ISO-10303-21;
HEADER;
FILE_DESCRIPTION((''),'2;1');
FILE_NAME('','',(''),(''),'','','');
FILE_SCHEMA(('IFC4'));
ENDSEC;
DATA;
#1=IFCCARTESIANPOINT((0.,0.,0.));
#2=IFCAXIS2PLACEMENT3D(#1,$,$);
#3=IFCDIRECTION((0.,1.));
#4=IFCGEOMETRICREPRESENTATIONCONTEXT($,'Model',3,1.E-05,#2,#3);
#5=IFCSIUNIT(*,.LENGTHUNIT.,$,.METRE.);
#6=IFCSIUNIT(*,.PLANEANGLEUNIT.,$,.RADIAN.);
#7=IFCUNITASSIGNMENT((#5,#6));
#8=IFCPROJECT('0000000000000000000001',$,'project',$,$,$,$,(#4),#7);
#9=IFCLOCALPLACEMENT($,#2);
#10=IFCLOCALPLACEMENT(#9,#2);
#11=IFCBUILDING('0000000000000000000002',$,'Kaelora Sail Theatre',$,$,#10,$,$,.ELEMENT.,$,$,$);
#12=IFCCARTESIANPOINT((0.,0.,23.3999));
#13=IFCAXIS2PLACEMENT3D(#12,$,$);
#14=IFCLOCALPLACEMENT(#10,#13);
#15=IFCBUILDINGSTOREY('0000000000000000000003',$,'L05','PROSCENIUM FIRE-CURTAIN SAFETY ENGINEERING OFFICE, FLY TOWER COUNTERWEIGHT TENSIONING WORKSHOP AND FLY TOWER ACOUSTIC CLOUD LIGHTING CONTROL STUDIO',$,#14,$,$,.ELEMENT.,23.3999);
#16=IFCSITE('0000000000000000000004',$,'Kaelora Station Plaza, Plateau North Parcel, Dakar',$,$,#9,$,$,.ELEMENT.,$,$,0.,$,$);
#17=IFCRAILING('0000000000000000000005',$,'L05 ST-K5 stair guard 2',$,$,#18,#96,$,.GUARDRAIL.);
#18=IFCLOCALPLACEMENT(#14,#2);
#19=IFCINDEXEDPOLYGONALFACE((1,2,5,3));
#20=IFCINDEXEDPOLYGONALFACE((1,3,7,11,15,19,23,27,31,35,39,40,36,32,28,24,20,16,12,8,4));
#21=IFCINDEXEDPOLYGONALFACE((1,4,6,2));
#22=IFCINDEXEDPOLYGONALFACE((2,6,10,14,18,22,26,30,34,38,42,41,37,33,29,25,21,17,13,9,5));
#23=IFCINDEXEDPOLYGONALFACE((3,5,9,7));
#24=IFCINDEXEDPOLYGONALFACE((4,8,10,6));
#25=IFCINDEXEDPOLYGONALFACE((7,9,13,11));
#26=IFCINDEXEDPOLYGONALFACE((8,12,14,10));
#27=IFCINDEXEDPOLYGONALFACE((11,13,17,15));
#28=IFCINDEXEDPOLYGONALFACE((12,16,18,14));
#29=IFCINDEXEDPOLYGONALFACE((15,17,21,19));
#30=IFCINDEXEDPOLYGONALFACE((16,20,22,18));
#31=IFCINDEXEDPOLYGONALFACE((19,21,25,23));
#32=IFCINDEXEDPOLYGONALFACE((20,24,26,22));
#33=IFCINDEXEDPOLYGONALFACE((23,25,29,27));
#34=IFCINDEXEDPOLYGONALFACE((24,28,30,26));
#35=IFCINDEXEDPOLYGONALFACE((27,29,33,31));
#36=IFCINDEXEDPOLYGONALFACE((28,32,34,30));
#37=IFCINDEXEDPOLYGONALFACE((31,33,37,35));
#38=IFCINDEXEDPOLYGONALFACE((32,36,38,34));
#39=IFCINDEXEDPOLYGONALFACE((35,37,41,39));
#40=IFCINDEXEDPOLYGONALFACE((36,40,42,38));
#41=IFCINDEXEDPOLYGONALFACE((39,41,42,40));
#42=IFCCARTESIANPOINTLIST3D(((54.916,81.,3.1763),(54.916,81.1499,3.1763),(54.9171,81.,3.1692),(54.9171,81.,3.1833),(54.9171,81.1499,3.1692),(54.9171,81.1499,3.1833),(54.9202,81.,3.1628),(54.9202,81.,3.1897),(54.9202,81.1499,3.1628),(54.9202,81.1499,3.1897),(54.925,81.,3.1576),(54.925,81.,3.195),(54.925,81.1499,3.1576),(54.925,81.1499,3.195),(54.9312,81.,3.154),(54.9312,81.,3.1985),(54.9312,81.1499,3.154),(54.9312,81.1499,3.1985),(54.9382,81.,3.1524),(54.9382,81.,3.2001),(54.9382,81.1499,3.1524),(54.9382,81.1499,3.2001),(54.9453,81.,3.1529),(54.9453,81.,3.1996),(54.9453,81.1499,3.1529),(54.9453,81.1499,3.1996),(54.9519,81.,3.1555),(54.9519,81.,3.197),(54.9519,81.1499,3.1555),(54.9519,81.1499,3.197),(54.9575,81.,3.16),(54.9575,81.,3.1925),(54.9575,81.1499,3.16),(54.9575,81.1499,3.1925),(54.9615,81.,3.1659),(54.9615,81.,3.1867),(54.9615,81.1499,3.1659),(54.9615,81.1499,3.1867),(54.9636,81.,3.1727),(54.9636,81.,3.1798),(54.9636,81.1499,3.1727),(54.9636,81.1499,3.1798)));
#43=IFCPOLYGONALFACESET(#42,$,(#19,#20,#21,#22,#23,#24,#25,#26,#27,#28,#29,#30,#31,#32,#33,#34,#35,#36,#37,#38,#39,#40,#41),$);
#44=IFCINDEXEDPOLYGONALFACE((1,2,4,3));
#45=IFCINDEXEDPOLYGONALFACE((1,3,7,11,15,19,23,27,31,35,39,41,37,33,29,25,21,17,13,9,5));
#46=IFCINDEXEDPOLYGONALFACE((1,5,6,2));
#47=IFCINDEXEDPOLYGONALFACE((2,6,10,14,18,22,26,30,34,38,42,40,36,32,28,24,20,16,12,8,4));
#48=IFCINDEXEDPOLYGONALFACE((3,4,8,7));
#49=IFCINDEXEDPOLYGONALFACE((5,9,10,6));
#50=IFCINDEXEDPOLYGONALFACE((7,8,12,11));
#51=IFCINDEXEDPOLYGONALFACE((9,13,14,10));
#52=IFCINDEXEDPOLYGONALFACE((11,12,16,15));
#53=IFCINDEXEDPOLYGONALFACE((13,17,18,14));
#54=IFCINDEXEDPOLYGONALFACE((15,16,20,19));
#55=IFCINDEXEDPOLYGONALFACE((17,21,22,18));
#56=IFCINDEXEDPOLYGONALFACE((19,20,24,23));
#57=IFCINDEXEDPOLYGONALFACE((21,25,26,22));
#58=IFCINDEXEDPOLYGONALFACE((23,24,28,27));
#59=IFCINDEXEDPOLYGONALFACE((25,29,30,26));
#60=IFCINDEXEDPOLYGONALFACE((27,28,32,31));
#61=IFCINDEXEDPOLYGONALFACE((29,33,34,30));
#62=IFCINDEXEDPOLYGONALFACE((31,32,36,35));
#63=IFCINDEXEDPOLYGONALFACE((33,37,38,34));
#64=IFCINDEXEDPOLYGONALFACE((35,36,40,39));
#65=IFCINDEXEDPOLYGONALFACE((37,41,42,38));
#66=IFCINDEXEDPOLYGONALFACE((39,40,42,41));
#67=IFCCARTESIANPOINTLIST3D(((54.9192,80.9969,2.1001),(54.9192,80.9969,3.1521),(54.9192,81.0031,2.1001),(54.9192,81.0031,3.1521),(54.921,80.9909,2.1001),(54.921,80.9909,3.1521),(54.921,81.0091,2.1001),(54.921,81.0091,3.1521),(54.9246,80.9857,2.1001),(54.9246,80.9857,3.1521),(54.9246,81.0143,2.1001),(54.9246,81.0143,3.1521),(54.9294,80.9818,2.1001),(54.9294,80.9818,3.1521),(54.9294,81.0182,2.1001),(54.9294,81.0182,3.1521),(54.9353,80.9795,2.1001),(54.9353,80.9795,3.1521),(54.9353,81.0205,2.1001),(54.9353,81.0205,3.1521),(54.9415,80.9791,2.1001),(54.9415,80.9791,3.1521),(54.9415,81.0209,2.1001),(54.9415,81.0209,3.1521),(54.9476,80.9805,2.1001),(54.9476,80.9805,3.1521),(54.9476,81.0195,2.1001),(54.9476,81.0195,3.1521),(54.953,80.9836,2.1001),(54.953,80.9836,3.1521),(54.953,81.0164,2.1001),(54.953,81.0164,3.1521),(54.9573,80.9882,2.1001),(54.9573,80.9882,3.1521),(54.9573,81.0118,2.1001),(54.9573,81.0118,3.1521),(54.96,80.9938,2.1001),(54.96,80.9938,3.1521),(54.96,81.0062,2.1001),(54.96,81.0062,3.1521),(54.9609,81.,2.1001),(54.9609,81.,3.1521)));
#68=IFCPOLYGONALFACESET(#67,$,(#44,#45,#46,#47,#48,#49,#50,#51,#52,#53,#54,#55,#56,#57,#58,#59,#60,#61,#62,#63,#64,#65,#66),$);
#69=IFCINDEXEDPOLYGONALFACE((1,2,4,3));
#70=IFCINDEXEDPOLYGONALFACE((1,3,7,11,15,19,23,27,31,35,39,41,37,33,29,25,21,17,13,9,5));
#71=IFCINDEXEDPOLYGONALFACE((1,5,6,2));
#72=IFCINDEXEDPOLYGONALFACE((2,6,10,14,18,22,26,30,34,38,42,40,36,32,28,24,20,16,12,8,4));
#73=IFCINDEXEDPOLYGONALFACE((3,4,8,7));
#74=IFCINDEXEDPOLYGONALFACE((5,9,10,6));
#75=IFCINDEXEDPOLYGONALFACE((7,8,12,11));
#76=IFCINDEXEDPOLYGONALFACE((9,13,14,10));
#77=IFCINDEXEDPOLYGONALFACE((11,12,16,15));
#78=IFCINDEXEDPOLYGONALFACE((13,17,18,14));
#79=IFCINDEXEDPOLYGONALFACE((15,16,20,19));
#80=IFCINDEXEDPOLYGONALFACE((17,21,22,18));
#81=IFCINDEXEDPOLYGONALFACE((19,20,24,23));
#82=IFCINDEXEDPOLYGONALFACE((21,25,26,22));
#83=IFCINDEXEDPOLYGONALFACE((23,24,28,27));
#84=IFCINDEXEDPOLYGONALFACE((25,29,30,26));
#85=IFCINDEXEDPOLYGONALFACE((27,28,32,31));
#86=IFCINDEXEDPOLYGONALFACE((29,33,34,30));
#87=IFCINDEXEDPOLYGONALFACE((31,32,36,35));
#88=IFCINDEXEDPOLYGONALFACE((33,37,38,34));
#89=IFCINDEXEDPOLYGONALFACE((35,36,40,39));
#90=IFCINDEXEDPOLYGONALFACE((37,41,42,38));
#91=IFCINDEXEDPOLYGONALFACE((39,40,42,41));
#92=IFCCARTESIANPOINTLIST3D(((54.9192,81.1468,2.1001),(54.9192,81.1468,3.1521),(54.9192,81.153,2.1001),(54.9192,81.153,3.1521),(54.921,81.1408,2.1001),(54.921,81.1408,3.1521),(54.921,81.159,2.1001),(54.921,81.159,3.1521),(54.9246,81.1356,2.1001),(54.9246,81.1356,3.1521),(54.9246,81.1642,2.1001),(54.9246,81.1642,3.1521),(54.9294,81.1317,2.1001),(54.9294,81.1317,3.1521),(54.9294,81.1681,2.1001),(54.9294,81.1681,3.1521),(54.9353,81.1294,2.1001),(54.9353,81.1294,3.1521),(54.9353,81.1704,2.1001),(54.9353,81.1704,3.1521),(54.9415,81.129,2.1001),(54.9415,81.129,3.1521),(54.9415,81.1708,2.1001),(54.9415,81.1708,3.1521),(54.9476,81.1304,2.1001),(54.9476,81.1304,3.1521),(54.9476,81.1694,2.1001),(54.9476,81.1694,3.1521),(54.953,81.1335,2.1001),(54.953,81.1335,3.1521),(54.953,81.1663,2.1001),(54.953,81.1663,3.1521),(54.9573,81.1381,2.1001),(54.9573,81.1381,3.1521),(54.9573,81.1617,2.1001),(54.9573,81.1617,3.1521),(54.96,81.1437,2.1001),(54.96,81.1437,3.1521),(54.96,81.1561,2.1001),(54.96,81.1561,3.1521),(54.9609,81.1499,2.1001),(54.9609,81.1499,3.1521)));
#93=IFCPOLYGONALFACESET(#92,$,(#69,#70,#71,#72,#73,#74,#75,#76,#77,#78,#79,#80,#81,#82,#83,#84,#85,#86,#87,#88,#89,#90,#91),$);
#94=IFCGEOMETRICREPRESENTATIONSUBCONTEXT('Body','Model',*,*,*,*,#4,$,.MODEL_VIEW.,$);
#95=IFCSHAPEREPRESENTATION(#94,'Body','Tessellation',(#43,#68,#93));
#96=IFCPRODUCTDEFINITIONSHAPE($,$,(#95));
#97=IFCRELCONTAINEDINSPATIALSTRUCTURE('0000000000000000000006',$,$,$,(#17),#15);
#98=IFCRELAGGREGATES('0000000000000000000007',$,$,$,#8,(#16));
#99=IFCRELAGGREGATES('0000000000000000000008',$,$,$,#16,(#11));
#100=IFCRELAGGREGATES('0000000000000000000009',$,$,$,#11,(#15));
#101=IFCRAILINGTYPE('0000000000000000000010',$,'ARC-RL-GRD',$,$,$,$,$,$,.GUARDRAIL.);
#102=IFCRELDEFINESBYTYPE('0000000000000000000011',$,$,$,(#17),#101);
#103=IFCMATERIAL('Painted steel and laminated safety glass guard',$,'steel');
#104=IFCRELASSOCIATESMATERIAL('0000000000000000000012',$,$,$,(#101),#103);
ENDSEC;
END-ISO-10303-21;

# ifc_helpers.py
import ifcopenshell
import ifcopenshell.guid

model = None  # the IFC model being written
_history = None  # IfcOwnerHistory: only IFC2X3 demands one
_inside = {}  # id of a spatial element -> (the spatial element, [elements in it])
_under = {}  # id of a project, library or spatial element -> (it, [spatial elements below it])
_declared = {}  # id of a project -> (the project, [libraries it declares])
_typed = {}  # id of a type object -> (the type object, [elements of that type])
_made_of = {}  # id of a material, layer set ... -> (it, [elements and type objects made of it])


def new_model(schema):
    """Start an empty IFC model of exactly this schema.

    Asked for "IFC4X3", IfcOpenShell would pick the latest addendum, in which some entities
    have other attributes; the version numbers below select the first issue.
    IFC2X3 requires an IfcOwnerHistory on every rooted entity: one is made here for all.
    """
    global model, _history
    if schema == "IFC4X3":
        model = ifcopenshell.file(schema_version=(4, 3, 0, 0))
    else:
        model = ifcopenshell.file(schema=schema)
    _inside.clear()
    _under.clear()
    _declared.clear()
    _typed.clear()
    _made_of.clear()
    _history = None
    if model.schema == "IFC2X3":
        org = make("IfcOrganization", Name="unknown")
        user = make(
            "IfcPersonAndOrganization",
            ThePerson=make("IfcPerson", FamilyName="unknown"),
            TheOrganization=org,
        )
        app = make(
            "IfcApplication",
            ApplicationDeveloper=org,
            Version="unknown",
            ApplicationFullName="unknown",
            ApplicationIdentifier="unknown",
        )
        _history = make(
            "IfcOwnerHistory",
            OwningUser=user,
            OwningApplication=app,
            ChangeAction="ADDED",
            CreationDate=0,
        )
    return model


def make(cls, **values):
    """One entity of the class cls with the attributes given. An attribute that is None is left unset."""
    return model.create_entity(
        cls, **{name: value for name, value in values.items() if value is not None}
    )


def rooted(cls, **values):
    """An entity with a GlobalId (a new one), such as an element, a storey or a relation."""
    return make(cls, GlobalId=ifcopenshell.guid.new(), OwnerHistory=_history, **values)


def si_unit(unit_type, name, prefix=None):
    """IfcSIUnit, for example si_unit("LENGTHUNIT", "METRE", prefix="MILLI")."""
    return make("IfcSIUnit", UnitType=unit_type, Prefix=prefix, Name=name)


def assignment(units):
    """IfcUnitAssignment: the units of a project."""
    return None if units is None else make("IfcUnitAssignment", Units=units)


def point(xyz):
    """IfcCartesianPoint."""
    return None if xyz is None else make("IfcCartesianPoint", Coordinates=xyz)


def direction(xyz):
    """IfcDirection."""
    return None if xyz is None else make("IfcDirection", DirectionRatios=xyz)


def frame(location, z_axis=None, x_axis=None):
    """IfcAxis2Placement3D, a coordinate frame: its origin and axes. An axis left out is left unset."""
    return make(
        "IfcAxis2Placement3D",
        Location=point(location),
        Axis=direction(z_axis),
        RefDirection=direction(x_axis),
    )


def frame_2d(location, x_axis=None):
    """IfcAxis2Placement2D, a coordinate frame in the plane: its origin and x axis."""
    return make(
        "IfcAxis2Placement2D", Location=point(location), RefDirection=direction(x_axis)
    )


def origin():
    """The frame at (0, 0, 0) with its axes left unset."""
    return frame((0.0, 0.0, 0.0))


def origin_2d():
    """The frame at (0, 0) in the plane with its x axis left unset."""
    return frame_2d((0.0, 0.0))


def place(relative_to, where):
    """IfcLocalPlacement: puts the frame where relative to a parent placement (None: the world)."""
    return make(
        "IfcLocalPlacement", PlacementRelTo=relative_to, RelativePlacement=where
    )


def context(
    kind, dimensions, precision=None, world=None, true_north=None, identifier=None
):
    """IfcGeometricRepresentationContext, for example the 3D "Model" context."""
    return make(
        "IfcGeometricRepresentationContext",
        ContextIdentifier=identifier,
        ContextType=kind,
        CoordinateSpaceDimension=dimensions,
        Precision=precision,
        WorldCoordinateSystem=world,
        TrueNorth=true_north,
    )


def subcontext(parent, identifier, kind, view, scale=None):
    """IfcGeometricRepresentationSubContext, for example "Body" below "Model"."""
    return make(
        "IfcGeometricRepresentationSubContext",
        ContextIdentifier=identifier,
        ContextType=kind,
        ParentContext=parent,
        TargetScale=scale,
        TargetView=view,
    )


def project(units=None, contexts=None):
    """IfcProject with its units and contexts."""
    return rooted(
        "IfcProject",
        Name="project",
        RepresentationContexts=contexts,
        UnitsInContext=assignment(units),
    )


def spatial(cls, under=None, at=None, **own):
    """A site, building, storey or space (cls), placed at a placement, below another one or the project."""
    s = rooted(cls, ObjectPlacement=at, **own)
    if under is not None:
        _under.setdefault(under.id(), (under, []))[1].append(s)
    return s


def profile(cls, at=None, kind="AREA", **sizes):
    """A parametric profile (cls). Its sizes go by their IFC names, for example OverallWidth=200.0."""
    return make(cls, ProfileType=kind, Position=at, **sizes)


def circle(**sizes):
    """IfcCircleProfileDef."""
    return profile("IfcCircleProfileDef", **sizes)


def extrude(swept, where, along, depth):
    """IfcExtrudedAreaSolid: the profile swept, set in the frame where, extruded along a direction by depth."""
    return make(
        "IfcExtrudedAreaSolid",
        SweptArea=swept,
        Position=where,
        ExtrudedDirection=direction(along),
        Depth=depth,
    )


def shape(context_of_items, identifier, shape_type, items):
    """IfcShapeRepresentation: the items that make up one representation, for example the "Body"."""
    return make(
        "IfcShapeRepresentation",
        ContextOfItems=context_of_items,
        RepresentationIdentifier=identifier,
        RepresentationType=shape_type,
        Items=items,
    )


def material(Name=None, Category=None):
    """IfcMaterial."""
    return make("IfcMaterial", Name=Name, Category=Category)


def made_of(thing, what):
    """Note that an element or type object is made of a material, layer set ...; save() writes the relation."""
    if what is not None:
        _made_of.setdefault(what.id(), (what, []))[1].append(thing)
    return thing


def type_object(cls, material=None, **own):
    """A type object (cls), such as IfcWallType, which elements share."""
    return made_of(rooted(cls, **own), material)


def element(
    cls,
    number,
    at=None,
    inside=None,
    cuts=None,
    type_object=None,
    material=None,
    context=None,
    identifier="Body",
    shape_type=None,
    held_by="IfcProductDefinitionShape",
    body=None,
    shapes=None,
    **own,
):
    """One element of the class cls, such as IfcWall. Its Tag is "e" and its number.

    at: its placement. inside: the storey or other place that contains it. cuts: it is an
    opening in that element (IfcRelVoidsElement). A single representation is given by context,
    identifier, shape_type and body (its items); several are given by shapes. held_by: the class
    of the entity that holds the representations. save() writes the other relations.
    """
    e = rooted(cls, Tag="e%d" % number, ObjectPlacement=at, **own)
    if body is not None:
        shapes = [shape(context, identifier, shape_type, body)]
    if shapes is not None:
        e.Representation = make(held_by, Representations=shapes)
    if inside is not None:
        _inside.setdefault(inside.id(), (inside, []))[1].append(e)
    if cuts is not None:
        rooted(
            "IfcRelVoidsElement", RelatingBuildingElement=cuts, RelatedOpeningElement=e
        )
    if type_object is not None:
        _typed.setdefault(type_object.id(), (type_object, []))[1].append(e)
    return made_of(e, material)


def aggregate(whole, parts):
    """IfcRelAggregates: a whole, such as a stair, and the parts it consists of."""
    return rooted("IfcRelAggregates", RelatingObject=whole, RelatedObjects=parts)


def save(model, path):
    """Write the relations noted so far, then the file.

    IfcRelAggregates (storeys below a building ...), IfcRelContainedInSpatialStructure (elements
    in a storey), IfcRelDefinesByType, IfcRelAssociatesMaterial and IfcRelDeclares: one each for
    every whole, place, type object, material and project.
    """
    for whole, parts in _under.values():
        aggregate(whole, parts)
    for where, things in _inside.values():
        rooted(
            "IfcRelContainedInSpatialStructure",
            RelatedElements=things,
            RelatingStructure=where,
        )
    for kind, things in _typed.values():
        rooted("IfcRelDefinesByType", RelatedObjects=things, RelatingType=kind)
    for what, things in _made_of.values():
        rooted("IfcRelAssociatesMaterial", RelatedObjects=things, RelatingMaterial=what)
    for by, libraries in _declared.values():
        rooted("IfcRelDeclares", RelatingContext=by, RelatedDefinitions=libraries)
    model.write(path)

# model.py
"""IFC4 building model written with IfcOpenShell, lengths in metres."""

from ifc_helpers import new_model, si_unit, direction, frame, origin, origin_2d, place, context, subcontext, project, spatial, circle, extrude, material, type_object, element, save


model = new_model("IFC4")

# Units and contexts
model_context = context("Model", 3, precision=1e-05, world=origin(), true_north=direction((0.0, 1.0)))
body_context = subcontext(model_context, "Body", "Model", "MODEL_VIEW")
ifc_project = project(units=[si_unit("LENGTHUNIT", "METRE"), si_unit("PLANEANGLEUNIT", "RADIAN")], contexts=[model_context])

# Site, building, storey
site_placement = place(None, origin())
site = spatial("IfcSite", under=ifc_project, at=site_placement, Name="Kaelora Station Plaza, Plateau North Parcel, Dakar", CompositionType="ELEMENT", RefElevation=0.0)
building_placement = place(site_placement, origin())
building = spatial("IfcBuilding", under=site, at=building_placement, Name="Kaelora Sail Theatre", CompositionType="ELEMENT")
storey_placement = place(building_placement, frame((0.0, 0.0, 23.3999)))
storey = spatial("IfcBuildingStorey", under=building, at=storey_placement, Name="L05", Description="PROSCENIUM FIRE-CURTAIN SAFETY ENGINEERING OFFICE, FLY TOWER COUNTERWEIGHT TENSIONING WORKSHOP AND FLY TOWER ACOUSTIC CLOUD LIGHTING CONTROL STUDIO", CompositionType="ELEMENT", Elevation=23.3999)

# Railing
ifc_material_1 = material(Name="Painted steel and laminated safety glass guard", Category="steel")
railing_type_1 = type_object("IfcRailingType", Name="ARC-RL-GRD", PredefinedType="GUARDRAIL", material=ifc_material_1)
railing_1_placement = place(storey_placement, frame((54.9399, 81.0, 2.1001)))
element("IfcRailing", 1, at=railing_1_placement, inside=storey, type_object=railing_type_1, Name="L05 ST-K5 stair guard 2", PredefinedType="GUARDRAIL", context=body_context, shape_type="SweptSolid", body=[
    extrude(circle(Radius=0.0239, at=origin_2d()), frame((0.0, 0.0, 1.0762), z_axis=(0.0, 1.0, 0.0), x_axis=(-1.0, 0.0, 0.0)), (0.0, 0.0, 1.0), 0.1499),
    extrude(circle(Radius=0.021, at=origin_2d()), origin(), (0.0, 0.0, 1.0), 1.052),
    extrude(circle(Radius=0.021, at=origin_2d()), frame((0.0, 0.1499, 0.0)), (0.0, 0.0, 1.0), 1.052),
])

save(model, "model.ifc")
